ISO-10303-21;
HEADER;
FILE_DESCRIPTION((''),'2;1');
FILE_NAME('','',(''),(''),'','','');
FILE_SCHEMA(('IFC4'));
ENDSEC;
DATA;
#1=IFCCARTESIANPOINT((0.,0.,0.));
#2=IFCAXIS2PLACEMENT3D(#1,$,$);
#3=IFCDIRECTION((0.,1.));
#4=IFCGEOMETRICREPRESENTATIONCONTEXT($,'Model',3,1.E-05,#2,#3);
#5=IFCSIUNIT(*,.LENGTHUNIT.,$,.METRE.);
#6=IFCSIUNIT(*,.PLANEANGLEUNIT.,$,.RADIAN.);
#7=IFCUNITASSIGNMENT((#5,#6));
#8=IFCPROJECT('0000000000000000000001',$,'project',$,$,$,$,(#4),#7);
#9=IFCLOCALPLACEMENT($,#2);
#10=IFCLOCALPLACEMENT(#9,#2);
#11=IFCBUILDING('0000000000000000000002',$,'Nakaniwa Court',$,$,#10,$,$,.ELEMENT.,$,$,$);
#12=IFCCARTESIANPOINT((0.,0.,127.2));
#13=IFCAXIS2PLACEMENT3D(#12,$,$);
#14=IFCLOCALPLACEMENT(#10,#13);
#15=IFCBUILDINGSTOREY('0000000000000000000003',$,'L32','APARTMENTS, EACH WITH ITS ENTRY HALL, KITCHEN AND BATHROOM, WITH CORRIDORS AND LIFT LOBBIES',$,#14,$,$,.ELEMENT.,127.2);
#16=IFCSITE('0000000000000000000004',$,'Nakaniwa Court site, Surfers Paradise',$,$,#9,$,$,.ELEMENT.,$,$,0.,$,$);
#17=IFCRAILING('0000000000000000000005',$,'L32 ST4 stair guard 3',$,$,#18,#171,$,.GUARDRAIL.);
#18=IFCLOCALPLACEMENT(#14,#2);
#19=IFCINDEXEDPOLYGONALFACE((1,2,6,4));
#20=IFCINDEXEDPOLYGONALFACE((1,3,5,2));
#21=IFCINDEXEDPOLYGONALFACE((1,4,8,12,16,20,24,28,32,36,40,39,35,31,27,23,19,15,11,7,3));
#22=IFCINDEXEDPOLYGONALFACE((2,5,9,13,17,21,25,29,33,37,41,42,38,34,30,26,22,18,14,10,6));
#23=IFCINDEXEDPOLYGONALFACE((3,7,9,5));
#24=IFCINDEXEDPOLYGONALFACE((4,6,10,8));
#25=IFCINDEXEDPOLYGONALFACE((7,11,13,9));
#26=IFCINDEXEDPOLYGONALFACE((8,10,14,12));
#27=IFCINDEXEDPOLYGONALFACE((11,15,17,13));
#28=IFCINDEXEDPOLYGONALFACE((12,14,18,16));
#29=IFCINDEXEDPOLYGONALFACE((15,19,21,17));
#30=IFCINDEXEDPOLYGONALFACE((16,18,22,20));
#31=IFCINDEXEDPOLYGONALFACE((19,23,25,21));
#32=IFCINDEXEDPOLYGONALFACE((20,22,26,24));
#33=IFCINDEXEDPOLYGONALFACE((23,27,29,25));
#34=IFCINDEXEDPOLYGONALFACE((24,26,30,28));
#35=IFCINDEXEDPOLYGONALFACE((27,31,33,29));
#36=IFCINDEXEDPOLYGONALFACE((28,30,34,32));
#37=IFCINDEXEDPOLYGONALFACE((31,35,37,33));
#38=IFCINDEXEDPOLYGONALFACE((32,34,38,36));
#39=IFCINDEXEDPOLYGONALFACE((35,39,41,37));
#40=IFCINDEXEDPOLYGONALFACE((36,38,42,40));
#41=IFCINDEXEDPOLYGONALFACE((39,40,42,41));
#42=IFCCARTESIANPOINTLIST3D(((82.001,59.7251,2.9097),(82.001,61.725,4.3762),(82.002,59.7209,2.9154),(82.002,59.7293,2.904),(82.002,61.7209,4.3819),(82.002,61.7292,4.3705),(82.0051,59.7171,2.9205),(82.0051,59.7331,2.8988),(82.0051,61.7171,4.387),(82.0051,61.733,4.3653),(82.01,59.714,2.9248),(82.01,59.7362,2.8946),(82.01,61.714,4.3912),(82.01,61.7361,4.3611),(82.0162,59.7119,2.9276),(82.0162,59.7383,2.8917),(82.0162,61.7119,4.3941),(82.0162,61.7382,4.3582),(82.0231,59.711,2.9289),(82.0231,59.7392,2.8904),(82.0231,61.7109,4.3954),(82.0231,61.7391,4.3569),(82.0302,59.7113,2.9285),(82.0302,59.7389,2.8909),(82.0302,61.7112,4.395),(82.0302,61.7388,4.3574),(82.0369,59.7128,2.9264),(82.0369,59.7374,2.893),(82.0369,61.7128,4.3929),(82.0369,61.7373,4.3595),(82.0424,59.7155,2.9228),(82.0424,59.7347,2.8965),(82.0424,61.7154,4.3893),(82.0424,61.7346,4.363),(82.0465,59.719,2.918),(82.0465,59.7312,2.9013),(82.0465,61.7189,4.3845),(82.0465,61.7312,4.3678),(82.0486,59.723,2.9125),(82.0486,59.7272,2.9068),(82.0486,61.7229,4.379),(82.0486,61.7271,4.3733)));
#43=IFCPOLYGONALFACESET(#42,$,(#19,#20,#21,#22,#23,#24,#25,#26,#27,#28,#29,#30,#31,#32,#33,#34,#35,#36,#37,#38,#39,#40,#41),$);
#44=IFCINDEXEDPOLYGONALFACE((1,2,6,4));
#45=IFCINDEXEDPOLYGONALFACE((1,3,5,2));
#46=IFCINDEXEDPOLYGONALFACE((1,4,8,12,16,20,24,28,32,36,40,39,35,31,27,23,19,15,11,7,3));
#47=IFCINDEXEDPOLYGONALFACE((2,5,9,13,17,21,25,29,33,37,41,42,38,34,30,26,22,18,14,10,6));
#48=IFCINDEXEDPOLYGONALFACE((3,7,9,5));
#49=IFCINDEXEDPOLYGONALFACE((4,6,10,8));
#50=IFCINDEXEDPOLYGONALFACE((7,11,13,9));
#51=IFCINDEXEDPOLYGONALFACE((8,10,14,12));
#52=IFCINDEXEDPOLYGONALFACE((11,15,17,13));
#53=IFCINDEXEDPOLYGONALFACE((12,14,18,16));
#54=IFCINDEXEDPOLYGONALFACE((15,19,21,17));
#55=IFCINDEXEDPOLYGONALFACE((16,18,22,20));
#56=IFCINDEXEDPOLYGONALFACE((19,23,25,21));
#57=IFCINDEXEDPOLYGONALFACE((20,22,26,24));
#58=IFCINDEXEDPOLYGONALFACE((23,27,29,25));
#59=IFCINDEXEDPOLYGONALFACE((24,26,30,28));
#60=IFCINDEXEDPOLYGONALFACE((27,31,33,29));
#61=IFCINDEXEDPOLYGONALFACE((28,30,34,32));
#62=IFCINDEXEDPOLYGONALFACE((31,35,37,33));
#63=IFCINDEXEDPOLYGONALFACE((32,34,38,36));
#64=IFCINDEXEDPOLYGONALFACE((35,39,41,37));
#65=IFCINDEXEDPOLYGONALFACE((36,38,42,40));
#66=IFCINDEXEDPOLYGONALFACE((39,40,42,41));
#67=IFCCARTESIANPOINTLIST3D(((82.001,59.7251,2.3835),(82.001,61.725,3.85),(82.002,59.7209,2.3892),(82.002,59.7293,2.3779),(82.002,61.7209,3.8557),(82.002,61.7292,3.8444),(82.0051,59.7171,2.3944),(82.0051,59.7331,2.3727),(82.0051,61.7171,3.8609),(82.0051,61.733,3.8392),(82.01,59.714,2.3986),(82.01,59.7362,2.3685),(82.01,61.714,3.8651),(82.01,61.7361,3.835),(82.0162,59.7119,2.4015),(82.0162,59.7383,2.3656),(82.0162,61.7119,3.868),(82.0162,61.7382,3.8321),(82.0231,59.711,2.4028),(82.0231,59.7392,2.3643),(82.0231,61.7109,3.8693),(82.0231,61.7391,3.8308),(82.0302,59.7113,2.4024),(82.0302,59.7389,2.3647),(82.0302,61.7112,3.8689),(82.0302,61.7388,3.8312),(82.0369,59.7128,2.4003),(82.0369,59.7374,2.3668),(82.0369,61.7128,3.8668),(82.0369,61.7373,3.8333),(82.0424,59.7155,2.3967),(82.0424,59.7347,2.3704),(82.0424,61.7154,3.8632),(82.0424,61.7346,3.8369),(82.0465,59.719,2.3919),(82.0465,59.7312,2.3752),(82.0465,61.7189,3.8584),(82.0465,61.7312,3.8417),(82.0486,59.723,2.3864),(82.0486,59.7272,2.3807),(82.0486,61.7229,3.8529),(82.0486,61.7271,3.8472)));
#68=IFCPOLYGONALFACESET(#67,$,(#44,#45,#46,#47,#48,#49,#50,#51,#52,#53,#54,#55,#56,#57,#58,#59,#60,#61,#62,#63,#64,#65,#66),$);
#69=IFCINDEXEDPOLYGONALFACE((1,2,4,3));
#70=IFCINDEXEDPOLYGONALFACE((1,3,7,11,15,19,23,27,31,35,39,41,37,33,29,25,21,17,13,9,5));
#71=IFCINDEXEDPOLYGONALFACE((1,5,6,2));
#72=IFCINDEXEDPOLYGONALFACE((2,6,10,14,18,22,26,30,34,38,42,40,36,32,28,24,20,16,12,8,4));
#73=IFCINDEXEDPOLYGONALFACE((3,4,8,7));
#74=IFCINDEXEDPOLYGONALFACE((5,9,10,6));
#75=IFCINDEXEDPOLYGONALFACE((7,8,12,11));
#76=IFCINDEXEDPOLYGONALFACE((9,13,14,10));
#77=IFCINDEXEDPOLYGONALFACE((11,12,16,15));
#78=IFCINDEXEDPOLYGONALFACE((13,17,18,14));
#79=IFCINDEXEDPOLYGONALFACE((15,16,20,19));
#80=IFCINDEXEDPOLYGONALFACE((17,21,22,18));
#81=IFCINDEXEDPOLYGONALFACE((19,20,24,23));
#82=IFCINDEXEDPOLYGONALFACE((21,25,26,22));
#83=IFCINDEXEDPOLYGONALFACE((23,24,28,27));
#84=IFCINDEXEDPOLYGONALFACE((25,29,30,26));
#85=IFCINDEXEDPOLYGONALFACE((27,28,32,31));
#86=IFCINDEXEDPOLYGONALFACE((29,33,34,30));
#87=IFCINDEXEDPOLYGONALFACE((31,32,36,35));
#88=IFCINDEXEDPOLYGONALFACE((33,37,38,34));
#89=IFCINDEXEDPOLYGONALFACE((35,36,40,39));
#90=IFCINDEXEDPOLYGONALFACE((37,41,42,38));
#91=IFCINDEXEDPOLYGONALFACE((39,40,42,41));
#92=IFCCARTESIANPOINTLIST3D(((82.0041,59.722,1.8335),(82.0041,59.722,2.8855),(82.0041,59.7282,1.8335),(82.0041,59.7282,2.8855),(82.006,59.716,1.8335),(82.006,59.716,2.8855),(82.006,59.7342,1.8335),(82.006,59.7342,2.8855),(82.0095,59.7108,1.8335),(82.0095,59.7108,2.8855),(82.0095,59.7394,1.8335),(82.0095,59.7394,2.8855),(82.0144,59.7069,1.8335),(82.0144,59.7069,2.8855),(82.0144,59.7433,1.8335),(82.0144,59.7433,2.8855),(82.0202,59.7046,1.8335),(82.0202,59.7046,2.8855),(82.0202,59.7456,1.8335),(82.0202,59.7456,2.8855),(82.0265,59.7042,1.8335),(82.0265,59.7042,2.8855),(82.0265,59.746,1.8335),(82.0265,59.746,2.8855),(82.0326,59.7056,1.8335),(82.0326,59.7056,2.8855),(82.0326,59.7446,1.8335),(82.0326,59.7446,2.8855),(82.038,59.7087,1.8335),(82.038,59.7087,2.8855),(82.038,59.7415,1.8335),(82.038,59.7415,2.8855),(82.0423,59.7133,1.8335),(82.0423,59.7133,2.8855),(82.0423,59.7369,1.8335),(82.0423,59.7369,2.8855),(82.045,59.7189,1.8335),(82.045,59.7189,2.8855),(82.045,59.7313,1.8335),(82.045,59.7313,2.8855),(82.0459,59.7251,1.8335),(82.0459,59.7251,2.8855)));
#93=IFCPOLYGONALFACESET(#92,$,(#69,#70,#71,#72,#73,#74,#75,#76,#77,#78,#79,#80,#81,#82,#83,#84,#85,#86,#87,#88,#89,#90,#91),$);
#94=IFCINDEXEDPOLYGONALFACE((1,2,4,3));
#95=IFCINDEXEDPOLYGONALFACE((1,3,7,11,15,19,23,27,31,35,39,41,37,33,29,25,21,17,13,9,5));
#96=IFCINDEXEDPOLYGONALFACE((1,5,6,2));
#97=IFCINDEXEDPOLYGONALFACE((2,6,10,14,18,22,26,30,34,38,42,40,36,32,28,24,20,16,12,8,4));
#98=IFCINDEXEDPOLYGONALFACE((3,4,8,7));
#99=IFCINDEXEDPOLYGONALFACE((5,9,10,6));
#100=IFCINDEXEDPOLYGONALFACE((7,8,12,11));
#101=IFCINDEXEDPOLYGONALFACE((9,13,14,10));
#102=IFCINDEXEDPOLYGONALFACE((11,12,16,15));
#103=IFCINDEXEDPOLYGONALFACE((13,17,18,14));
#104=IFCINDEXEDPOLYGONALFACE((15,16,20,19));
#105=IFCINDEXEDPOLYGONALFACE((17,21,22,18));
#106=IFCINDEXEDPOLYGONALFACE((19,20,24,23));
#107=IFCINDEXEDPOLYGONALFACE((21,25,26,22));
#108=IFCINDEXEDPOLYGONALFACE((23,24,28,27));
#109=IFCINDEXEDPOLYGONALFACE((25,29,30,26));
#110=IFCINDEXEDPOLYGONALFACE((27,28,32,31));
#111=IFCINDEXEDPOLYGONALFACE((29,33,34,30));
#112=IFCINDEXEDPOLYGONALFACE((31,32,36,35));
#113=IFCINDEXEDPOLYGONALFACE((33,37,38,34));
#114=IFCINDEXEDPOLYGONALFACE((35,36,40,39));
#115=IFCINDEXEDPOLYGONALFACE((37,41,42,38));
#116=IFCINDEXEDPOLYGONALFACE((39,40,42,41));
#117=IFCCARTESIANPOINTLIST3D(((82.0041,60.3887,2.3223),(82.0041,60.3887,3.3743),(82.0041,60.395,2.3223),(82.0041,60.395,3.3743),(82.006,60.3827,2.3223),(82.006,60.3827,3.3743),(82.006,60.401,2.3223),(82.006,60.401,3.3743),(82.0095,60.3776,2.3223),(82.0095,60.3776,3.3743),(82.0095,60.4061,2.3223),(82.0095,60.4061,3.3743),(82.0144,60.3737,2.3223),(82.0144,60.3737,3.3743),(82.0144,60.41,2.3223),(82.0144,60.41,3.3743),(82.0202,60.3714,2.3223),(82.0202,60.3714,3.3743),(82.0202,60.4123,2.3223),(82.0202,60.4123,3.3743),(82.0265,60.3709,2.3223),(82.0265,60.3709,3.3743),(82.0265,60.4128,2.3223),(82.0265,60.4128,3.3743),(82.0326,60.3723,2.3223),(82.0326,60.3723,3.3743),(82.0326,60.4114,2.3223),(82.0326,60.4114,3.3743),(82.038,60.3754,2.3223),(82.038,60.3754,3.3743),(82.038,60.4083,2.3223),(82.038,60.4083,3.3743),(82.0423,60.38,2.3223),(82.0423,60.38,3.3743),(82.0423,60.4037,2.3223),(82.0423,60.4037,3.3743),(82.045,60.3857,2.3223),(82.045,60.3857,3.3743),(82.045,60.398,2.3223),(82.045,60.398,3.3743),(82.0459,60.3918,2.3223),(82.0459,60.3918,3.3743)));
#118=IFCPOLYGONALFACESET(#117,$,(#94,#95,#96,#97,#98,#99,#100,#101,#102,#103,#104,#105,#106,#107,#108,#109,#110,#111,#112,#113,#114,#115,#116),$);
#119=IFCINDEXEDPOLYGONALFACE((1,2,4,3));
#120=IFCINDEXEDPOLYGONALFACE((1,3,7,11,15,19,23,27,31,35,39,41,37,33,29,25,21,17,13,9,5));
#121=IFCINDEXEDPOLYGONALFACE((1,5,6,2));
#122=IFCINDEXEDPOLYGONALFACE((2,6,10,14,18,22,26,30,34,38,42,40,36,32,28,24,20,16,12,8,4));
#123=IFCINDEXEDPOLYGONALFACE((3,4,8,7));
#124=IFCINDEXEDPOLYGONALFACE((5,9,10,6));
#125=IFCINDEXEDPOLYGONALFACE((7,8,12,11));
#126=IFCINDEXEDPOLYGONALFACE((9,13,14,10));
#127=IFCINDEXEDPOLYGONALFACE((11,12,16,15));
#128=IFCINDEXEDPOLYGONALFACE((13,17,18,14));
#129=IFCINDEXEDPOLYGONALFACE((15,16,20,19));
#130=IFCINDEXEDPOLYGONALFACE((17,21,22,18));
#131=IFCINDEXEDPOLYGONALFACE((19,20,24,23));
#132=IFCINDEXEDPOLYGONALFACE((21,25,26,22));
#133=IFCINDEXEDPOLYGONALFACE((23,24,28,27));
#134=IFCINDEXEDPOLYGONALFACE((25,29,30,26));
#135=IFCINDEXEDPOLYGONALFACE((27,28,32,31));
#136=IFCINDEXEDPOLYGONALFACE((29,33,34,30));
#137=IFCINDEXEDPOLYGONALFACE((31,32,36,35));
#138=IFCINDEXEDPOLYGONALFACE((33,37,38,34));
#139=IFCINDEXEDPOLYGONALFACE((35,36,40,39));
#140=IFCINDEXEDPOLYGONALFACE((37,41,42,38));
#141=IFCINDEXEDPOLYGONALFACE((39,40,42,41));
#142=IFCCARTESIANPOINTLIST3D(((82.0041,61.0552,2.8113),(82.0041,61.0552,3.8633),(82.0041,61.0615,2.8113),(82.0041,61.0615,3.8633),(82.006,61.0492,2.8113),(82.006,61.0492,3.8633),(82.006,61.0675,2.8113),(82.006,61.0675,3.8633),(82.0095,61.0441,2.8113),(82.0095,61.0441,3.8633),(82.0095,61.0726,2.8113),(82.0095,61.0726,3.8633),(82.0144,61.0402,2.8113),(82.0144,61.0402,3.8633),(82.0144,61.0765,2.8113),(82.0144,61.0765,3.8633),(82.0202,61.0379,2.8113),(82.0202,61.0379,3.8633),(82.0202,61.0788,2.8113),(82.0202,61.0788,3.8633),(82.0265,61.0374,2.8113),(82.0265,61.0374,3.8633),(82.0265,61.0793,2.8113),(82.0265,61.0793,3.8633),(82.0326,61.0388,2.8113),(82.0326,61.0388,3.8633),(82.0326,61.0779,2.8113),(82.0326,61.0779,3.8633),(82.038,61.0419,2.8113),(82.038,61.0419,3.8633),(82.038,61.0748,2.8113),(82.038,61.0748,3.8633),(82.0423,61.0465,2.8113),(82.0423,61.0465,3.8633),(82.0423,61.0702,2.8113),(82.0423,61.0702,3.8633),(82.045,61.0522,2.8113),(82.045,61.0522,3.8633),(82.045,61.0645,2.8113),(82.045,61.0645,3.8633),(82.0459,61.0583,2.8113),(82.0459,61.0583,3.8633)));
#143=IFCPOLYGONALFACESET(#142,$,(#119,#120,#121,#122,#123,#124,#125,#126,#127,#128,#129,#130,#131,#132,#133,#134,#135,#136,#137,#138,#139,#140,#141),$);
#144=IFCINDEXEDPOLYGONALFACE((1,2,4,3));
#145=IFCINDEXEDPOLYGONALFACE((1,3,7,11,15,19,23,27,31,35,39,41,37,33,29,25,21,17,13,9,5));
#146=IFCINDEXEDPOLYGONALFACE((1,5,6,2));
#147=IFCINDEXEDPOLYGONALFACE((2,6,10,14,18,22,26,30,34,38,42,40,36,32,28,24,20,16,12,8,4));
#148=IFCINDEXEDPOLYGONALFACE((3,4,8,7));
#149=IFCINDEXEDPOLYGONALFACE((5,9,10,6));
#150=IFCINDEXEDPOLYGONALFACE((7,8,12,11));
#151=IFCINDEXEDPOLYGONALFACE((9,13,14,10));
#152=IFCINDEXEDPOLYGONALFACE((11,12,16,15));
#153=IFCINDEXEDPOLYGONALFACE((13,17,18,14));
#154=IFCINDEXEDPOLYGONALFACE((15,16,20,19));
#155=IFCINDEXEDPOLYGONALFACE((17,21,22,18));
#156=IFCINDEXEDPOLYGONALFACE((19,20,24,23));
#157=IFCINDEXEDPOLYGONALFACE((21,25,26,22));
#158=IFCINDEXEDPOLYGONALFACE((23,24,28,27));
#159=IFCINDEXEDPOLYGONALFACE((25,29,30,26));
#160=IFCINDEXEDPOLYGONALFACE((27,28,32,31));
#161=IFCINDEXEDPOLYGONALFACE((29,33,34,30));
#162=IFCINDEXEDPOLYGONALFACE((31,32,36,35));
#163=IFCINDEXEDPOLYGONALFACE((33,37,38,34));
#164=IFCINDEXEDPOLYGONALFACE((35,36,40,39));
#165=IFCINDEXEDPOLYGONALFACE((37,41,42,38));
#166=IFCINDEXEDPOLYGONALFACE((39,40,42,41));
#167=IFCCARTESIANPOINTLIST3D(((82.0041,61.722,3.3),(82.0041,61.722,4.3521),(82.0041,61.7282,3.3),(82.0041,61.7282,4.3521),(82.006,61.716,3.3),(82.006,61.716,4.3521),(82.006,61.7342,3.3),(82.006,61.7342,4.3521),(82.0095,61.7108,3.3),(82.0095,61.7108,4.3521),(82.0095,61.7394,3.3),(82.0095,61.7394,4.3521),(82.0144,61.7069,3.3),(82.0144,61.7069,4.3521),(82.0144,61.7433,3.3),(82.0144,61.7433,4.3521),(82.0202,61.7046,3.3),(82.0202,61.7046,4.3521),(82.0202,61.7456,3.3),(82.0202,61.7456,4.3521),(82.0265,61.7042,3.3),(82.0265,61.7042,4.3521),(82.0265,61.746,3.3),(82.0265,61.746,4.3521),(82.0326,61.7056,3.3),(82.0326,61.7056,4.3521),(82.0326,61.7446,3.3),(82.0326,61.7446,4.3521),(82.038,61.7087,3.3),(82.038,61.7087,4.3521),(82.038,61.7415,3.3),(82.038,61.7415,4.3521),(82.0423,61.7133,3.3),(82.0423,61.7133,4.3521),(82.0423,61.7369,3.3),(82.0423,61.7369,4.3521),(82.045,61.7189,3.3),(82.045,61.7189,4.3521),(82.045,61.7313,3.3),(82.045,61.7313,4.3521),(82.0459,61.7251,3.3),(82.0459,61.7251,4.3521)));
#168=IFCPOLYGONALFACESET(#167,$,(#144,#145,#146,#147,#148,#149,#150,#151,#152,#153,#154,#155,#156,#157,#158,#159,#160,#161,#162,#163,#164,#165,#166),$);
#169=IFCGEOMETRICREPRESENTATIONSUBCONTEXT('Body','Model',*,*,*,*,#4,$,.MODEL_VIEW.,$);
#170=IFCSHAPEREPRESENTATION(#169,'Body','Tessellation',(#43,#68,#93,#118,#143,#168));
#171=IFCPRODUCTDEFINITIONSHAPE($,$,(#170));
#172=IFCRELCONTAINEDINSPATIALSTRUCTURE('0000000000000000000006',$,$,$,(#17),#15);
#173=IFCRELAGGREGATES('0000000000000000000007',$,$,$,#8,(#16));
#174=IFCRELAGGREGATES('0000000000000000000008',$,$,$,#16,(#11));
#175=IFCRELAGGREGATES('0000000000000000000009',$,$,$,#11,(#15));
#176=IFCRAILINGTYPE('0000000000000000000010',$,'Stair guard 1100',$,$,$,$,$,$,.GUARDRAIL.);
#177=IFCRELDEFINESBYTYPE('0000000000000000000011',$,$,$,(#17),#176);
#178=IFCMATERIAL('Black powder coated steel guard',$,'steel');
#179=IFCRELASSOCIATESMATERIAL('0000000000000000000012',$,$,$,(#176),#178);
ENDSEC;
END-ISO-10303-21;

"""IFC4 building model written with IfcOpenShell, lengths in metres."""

from ifc_helpers import new_model, si_unit, direction, frame, origin, origin_2d, place, context, subcontext, project, spatial, circle, extrude, material, type_object, element, save


model = new_model("IFC4")

# Units and contexts
model_context = context("Model", 3, precision=1e-05, world=origin(), true_north=direction((0.0, 1.0)))
body_context = subcontext(model_context, "Body", "Model", "MODEL_VIEW")
ifc_project = project(units=[si_unit("LENGTHUNIT", "METRE"), si_unit("PLANEANGLEUNIT", "RADIAN")], contexts=[model_context])

# Site, building, storey
site_placement = place(None, origin())
site = spatial("IfcSite", under=ifc_project, at=site_placement, Name="Nakaniwa Court site, Surfers Paradise", CompositionType="ELEMENT", RefElevation=0.0)
building_placement = place(site_placement, origin())
building = spatial("IfcBuilding", under=site, at=building_placement, Name="Nakaniwa Court", CompositionType="ELEMENT")
storey_placement = place(building_placement, frame((0.0, 0.0, 127.2)))
storey = spatial("IfcBuildingStorey", under=building, at=storey_placement, Name="L32", Description="APARTMENTS, EACH WITH ITS ENTRY HALL, KITCHEN AND BATHROOM, WITH CORRIDORS AND LIFT LOBBIES", CompositionType="ELEMENT", Elevation=127.2)

# Railing
ifc_material_1 = material(Name="Black powder coated steel guard", Category="steel")
railing_type_1 = type_object("IfcRailingType", Name="Stair guard 1100", PredefinedType="GUARDRAIL", material=ifc_material_1)
railing_1_placement = place(storey_placement, frame((82.0249, 59.7251, 1.8335)))
element("IfcRailing", 1, at=railing_1_placement, inside=storey, type_object=railing_type_1, Name="L32 ST4 stair guard 3", PredefinedType="GUARDRAIL", context=body_context, shape_type="SweptSolid", body=[
    extrude(circle(Radius=0.0239, at=origin_2d()), frame((0.0, 0.0, 1.0762), z_axis=(0.0, 0.806427, 0.591334), x_axis=(-1.0, 0.0, 0.0)), (0.0, 0.0, 1.0), 2.48),
    extrude(circle(Radius=0.0239, at=origin_2d()), frame((0.0, 0.0, 0.55), z_axis=(0.0, 0.806427, 0.591334), x_axis=(-1.0, 0.0, 0.0)), (0.0, 0.0, 1.0), 2.48),
    extrude(circle(Radius=0.021, at=origin_2d()), origin(), (0.0, 0.0, 1.0), 1.052),
    extrude(circle(Radius=0.021, at=origin_2d()), frame((0.0, 0.6667, 0.4888)), (0.0, 0.0, 1.0), 1.052),
    extrude(circle(Radius=0.021, at=origin_2d()), frame((0.0, 1.3333, 0.9778)), (0.0, 0.0, 1.0), 1.052),
    extrude(circle(Radius=0.021, at=origin_2d()), frame((0.0, 2.0, 1.4666)), (0.0, 0.0, 1.0), 1.052),
])

save(model, "model.ifc")
